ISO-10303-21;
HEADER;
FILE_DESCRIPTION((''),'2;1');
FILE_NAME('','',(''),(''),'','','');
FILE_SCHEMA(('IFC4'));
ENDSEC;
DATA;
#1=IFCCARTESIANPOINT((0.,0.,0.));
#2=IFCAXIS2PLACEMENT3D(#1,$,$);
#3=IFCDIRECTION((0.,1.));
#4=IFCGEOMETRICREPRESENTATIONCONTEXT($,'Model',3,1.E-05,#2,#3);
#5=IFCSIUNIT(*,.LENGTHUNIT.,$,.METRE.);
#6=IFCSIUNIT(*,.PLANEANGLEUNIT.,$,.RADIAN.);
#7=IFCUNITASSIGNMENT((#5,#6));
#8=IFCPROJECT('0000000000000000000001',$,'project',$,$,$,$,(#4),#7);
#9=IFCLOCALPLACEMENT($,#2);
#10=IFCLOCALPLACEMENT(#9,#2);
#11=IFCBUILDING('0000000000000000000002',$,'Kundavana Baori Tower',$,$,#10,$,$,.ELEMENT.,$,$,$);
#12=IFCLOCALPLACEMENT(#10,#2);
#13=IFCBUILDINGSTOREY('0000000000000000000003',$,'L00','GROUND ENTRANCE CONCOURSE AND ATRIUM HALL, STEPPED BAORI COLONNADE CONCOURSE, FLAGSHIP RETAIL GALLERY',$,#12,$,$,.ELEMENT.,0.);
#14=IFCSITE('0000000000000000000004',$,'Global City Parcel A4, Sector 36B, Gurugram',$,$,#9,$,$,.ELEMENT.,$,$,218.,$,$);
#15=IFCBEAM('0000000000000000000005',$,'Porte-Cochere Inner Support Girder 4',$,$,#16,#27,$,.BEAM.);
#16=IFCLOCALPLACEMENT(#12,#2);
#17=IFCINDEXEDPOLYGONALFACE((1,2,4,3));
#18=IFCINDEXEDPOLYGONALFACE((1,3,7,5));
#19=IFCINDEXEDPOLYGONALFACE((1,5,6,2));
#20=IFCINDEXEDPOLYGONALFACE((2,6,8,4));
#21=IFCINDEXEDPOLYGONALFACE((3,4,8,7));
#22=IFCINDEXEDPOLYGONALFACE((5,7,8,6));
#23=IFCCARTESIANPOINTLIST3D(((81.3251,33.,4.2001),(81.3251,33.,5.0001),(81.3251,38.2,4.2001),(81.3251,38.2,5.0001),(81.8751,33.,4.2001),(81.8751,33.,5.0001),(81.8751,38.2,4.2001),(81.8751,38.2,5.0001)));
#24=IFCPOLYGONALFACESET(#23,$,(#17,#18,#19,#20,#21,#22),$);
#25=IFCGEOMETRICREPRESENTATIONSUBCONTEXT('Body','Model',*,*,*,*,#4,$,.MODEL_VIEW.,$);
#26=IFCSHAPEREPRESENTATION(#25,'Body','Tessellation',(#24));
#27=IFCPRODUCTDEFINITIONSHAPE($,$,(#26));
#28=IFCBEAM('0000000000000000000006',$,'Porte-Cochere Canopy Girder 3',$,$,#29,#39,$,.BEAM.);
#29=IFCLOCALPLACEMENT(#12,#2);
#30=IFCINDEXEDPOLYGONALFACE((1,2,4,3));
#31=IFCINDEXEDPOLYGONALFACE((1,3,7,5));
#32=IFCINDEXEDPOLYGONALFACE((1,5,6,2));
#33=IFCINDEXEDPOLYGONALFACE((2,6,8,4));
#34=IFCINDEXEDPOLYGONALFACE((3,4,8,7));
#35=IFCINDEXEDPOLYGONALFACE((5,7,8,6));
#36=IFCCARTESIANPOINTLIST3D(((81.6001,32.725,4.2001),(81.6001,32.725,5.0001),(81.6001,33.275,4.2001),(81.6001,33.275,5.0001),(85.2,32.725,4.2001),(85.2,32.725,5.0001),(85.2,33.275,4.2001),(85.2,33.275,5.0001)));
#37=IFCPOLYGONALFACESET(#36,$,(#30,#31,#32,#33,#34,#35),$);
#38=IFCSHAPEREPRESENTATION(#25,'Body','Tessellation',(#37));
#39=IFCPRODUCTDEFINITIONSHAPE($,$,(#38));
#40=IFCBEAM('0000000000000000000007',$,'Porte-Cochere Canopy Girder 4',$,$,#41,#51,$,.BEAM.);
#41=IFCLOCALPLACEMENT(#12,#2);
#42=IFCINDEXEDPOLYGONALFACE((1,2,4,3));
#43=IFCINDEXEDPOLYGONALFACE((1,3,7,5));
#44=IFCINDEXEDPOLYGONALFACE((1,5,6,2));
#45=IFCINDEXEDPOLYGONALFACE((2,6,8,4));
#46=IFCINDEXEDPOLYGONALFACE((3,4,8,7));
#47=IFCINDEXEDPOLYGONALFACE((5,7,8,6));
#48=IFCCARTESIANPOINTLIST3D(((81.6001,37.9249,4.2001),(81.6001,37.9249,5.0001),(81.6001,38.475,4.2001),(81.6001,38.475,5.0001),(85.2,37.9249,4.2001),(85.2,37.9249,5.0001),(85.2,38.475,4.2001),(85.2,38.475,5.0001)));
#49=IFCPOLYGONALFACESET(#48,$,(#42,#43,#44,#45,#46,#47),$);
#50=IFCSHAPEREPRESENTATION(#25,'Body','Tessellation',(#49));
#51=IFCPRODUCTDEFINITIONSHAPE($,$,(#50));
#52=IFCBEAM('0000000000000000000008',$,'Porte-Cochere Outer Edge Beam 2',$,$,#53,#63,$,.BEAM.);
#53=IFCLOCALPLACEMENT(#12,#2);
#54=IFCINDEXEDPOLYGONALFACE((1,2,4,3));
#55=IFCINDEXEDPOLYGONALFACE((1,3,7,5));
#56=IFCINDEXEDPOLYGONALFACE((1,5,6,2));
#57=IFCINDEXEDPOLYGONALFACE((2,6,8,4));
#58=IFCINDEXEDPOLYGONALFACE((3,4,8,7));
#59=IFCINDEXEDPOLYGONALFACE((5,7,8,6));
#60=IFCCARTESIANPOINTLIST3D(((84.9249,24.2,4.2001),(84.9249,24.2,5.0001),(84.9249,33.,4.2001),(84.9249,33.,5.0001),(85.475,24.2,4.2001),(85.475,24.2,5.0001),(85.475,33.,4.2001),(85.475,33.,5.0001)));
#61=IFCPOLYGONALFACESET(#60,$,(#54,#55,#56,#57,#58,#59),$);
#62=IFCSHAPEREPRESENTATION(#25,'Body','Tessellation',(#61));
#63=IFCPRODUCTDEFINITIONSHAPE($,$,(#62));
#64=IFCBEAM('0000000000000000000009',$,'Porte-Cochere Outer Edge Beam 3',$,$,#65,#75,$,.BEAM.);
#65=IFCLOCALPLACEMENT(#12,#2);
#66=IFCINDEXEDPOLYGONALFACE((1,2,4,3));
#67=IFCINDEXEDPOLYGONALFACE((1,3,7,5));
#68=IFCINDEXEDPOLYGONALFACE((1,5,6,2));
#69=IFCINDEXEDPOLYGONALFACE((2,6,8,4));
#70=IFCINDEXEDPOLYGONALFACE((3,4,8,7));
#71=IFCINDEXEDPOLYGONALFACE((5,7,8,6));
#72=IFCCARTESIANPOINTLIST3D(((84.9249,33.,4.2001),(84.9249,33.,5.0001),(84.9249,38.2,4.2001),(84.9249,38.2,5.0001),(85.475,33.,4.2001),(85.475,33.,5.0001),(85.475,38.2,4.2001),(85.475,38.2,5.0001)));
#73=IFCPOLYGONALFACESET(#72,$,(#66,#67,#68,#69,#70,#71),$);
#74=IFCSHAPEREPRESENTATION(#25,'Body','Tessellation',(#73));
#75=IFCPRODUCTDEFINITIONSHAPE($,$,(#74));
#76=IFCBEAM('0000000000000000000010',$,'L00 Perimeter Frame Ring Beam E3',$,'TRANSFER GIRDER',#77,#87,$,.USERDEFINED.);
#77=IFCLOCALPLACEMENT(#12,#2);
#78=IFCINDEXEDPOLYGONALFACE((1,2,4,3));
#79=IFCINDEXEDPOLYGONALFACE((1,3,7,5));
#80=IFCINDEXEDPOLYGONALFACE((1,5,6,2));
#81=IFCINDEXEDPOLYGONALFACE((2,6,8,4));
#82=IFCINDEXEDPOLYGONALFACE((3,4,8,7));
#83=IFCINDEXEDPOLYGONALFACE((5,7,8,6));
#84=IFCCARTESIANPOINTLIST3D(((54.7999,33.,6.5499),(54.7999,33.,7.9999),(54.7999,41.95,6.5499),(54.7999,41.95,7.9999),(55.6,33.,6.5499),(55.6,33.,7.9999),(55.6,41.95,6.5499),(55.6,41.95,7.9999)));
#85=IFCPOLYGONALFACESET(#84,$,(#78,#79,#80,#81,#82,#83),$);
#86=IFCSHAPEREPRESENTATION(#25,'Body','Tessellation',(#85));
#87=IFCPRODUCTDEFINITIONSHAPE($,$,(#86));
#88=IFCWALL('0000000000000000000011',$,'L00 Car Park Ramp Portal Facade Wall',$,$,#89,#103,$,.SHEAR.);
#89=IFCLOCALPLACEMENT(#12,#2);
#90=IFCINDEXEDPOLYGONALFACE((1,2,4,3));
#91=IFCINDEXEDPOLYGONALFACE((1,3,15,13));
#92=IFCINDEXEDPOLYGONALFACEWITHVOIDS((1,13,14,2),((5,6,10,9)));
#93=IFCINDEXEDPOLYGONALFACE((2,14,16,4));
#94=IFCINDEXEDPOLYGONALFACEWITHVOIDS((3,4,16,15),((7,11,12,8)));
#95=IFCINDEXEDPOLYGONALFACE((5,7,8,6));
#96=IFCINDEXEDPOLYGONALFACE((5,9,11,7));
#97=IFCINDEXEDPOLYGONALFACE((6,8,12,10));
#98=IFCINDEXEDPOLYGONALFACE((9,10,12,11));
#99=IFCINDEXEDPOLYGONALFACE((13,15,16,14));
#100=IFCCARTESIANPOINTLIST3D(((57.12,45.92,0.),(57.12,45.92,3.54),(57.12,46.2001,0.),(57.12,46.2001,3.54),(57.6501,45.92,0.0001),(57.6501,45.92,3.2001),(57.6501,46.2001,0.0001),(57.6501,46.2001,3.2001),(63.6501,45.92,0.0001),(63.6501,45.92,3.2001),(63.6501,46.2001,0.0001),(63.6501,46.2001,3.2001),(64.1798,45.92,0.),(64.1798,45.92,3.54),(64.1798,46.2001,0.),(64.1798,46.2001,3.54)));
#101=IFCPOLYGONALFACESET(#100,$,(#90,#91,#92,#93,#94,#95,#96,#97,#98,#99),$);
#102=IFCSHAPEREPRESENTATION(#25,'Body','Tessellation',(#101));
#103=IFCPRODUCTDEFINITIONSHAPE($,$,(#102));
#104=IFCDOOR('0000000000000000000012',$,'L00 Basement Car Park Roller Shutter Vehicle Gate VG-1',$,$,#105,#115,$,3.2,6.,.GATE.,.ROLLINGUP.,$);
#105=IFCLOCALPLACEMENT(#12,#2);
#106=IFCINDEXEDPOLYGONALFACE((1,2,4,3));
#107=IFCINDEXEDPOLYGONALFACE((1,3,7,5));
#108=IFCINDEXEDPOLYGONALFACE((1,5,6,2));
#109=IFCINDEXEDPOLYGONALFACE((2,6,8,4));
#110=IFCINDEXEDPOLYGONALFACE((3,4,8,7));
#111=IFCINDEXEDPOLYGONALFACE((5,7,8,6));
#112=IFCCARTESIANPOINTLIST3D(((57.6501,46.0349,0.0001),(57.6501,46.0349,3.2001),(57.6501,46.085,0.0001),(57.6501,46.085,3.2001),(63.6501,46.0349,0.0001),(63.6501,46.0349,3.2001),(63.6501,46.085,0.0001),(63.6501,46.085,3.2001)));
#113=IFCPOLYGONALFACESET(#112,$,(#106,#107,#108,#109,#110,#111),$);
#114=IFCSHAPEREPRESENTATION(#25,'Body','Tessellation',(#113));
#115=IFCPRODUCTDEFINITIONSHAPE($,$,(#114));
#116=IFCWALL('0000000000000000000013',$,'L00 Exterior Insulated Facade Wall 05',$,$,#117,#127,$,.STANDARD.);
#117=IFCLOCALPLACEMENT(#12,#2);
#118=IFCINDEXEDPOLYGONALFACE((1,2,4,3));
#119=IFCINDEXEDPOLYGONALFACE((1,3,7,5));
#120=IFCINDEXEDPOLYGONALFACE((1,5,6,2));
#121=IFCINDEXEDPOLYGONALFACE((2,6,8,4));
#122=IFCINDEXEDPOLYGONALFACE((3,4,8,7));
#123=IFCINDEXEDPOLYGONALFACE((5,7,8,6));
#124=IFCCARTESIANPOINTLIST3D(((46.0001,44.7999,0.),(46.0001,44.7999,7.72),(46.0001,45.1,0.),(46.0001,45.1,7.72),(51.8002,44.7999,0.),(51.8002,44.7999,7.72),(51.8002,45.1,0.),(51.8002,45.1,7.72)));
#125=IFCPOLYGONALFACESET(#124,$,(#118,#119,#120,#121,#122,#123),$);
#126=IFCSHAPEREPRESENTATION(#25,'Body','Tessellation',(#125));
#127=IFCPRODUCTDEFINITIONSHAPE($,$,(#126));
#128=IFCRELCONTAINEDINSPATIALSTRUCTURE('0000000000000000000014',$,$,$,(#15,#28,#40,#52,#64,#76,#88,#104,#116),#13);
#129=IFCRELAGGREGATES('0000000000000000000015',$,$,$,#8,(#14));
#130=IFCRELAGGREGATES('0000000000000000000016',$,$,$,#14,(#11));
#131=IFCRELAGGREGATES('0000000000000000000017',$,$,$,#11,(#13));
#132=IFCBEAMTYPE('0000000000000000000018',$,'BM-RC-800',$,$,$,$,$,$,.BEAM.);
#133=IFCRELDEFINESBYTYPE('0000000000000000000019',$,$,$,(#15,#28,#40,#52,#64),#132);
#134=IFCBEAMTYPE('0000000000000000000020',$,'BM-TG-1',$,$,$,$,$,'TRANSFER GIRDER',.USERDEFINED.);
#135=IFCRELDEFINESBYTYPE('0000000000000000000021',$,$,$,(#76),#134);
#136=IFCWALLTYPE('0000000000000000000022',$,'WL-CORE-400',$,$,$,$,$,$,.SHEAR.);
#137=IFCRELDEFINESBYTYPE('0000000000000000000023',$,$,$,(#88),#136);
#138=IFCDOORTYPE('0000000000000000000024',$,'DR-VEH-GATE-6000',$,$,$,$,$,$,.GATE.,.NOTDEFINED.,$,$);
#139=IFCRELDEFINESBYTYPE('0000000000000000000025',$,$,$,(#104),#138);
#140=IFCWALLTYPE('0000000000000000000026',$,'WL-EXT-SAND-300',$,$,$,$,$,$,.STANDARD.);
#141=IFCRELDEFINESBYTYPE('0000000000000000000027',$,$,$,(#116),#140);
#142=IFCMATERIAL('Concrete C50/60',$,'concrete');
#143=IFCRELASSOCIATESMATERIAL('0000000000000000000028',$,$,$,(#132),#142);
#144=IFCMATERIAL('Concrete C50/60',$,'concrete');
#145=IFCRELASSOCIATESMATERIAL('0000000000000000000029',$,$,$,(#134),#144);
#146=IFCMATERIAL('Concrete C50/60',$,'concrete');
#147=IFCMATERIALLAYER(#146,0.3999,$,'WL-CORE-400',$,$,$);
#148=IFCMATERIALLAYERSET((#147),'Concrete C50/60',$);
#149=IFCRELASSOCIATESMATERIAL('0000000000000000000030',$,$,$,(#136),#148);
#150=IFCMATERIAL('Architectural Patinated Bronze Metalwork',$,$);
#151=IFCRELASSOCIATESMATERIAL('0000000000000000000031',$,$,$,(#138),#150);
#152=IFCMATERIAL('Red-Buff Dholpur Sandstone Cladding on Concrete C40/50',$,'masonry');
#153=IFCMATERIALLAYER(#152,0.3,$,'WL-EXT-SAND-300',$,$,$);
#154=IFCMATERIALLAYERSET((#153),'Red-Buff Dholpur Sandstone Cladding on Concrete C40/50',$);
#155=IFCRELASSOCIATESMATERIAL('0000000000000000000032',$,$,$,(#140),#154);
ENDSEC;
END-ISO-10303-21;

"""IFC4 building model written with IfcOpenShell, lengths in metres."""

from ifc_helpers import new_model, si_unit, direction, frame, frame_2d, origin, origin_2d, place, context, subcontext, project, spatial, rectangle, extrude, material, layer, layer_set, material_profile, profile_set, type_object, element, fill, save


model = new_model("IFC4")

# Units and contexts
model_context = context("Model", 3, precision=1e-05, world=origin(), true_north=direction((0.0, 1.0)))
body_context = subcontext(model_context, "Body", "Model", "MODEL_VIEW")
ifc_project = project(units=[si_unit("LENGTHUNIT", "METRE"), si_unit("PLANEANGLEUNIT", "RADIAN")], contexts=[model_context])

# Site, building, storey
site_placement = place(None, origin())
site = spatial("IfcSite", under=ifc_project, at=site_placement, Name="Global City Parcel A4, Sector 36B, Gurugram", CompositionType="ELEMENT", RefElevation=218.0)
building_placement = place(site_placement, origin())
building = spatial("IfcBuilding", under=site, at=building_placement, Name="Kundavana Baori Tower", CompositionType="ELEMENT")
storey_placement = place(building_placement, origin())
storey = spatial("IfcBuildingStorey", under=building, at=storey_placement, Name="L00", Description="GROUND ENTRANCE CONCOURSE AND ATRIUM HALL, STEPPED BAORI COLONNADE CONCOURSE, FLAGSHIP RETAIL GALLERY", CompositionType="ELEMENT", Elevation=0.0)

# Beams
ifc_material_1 = material(Name="Concrete C50/60", Category="concrete")
ifc_material_profile_1 = material_profile(ifc_material_1, rectangle(XDim=0.55, YDim=0.8, at=origin_2d()), Name="RC BM 550x800")
ifc_profile_set_1 = profile_set([ifc_material_profile_1], Name="Concrete C50/60")
beam_type_1 = type_object("IfcBeamType", Name="BM-RC-800", PredefinedType="BEAM", material=ifc_profile_set_1)
beam_1_placement = place(storey_placement, frame((81.6001, 33.0, 4.6001), z_axis=(0.0, 1.0, 0.0), x_axis=(-1.0, 0.0, 0.0)))
element("IfcBeam", 1, at=beam_1_placement, inside=storey, type_object=beam_type_1, Name="Porte-Cochere Inner Support Girder 4", PredefinedType="BEAM", context=body_context, shape_type="SweptSolid", body=[
    extrude(rectangle(XDim=0.55, YDim=0.8, at=origin_2d()), origin(), (0.0, 0.0, 1.0), 5.2),
])
for number, where, z_axis, x_axis, name in (
    (2, (81.6001, 33.0, 4.6001), (1.0, 0.0, 0.0), (0.0, 1.0, 0.0), "Porte-Cochere Canopy Girder 3"),
    (3, (81.6001, 38.2, 4.6001), (1.0, 0.0, 0.0), (0.0, 1.0, 0.0), "Porte-Cochere Canopy Girder 4"),
):
    element("IfcBeam", number, at=place(storey_placement, frame(where, z_axis=z_axis, x_axis=x_axis)), inside=storey, type_object=beam_type_1, Name=name, PredefinedType="BEAM", context=body_context, shape_type="SweptSolid", body=[
        extrude(rectangle(XDim=0.55, YDim=0.8, at=origin_2d()), origin(), (0.0, 0.0, 1.0), 3.5999),
    ])
beam_2_placement = place(storey_placement, frame((85.2, 24.2, 4.6001), z_axis=(0.0, 1.0, 0.0), x_axis=(-1.0, 0.0, 0.0)))
element("IfcBeam", 4, at=beam_2_placement, inside=storey, type_object=beam_type_1, Name="Porte-Cochere Outer Edge Beam 2", PredefinedType="BEAM", context=body_context, shape_type="SweptSolid", body=[
    extrude(rectangle(XDim=0.55, YDim=0.8, at=origin_2d()), origin(), (0.0, 0.0, 1.0), 8.8),
])
beam_3_placement = place(storey_placement, frame((85.2, 33.0, 4.6001), z_axis=(0.0, 1.0, 0.0), x_axis=(-1.0, 0.0, 0.0)))
element("IfcBeam", 5, at=beam_3_placement, inside=storey, type_object=beam_type_1, Name="Porte-Cochere Outer Edge Beam 3", PredefinedType="BEAM", context=body_context, shape_type="SweptSolid", body=[
    extrude(rectangle(XDim=0.55, YDim=0.8, at=origin_2d()), origin(), (0.0, 0.0, 1.0), 5.2),
])
ifc_material_2 = material(Name="Concrete C50/60", Category="concrete")
ifc_material_profile_2 = material_profile(ifc_material_2, rectangle(XDim=0.8, YDim=1.45, at=origin_2d()), Name="BM-TG-1")
ifc_profile_set_2 = profile_set([ifc_material_profile_2], Name="Concrete C50/60")
beam_type_2 = type_object("IfcBeamType", Name="BM-TG-1", ElementType="TRANSFER GIRDER", PredefinedType="USERDEFINED", material=ifc_profile_set_2)
beam_4_placement = place(storey_placement, frame((55.2, 33.0, 7.2749), z_axis=(0.0, 1.0, 0.0), x_axis=(-1.0, 0.0, 0.0)))
element("IfcBeam", 6, at=beam_4_placement, inside=storey, type_object=beam_type_2, Name="L00 Perimeter Frame Ring Beam E3", ObjectType="TRANSFER GIRDER", PredefinedType="USERDEFINED", context=body_context, shape_type="SweptSolid", body=[
    extrude(rectangle(XDim=0.8, YDim=1.45, at=origin_2d()), origin(), (0.0, 0.0, 1.0), 8.95),
])

# Wall, opening, door
ifc_material_3 = material(Name="Concrete C50/60", Category="concrete")
ifc_layer_1 = layer(ifc_material_3, 0.3999, Name="WL-CORE-400")
ifc_layer_set_1 = layer_set([ifc_layer_1], Name="Concrete C50/60")
wall_type_1 = type_object("IfcWallType", Name="WL-CORE-400", PredefinedType="SHEAR", material=ifc_layer_set_1)
wall_1_placement = place(storey_placement, frame((57.1201, 46.0601, 0.0), z_axis=(0.0, 0.0, 1.0), x_axis=(1.0, 0.0, 0.0)))
wall_1 = element("IfcWall", 7, at=wall_1_placement, inside=storey, type_object=wall_type_1, Name="L00 Car Park Ramp Portal Facade Wall", PredefinedType="SHEAR", context=body_context, shape_type="SweptSolid", body=[
    extrude(rectangle(XDim=7.0598, YDim=0.28, at=frame_2d((3.5298, 0.0))), origin(), (0.0, 0.0, 1.0), 3.54),
])
opening_1_placement = place(wall_1_placement, frame((0.53, 0.0, 0.0)))
opening_1 = element("IfcOpeningElement", 8, at=opening_1_placement, cuts=wall_1, PredefinedType="OPENING", context=body_context, shape_type="SweptSolid", body=[
    extrude(rectangle(XDim=6.0, YDim=3.2, at=frame_2d((3.0, 1.6001))), frame((0.0, 0.1499, 0.0), z_axis=(0.0, -1.0, 0.0), x_axis=(1.0, 0.0, 0.0)), (0.0, 0.0, 1.0), 0.3),
])
ifc_material_4 = material(Name="Architectural Patinated Bronze Metalwork")
door_type_1 = type_object("IfcDoorType", Name="DR-VEH-GATE-6000", OperationType="NOTDEFINED", PredefinedType="GATE", material=ifc_material_4)
door_1_placement = place(opening_1_placement, origin())
door_1 = element("IfcDoor", 9, at=door_1_placement, inside=storey, type_object=door_type_1, Name="L00 Basement Car Park Roller Shutter Vehicle Gate VG-1", OperationType="ROLLINGUP", OverallHeight=3.2, OverallWidth=6.0, PredefinedType="GATE", context=body_context, shape_type="SweptSolid", body=[
    extrude(rectangle(XDim=6.0, YDim=3.2, at=frame_2d((3.0, 1.6001))), frame((0.0, 0.0249, 0.0), z_axis=(0.0, -1.0, 0.0), x_axis=(1.0, 0.0, 0.0)), (0.0, 0.0, 1.0), 0.05),
])
fill(opening_1, door_1)

# Wall
ifc_material_5 = material(Name="Red-Buff Dholpur Sandstone Cladding on Concrete C40/50", Category="masonry")
ifc_layer_2 = layer(ifc_material_5, 0.3, Name="WL-EXT-SAND-300")
ifc_layer_set_2 = layer_set([ifc_layer_2], Name="Red-Buff Dholpur Sandstone Cladding on Concrete C40/50")
wall_type_2 = type_object("IfcWallType", Name="WL-EXT-SAND-300", PredefinedType="STANDARD", material=ifc_layer_set_2)
wall_2_placement = place(storey_placement, frame((51.8, 44.95, 0.0), z_axis=(0.0, 0.0, 1.0), x_axis=(-1.0, 0.0, 0.0)))
element("IfcWall", 10, at=wall_2_placement, inside=storey, type_object=wall_type_2, Name="L00 Exterior Insulated Facade Wall 05", PredefinedType="STANDARD", context=body_context, shape_type="SweptSolid", body=[
    extrude(rectangle(XDim=5.8, YDim=0.3, at=frame_2d((2.8999, 0.0))), origin(), (0.0, 0.0, 1.0), 7.72),
])

save(model, "model.ifc")
